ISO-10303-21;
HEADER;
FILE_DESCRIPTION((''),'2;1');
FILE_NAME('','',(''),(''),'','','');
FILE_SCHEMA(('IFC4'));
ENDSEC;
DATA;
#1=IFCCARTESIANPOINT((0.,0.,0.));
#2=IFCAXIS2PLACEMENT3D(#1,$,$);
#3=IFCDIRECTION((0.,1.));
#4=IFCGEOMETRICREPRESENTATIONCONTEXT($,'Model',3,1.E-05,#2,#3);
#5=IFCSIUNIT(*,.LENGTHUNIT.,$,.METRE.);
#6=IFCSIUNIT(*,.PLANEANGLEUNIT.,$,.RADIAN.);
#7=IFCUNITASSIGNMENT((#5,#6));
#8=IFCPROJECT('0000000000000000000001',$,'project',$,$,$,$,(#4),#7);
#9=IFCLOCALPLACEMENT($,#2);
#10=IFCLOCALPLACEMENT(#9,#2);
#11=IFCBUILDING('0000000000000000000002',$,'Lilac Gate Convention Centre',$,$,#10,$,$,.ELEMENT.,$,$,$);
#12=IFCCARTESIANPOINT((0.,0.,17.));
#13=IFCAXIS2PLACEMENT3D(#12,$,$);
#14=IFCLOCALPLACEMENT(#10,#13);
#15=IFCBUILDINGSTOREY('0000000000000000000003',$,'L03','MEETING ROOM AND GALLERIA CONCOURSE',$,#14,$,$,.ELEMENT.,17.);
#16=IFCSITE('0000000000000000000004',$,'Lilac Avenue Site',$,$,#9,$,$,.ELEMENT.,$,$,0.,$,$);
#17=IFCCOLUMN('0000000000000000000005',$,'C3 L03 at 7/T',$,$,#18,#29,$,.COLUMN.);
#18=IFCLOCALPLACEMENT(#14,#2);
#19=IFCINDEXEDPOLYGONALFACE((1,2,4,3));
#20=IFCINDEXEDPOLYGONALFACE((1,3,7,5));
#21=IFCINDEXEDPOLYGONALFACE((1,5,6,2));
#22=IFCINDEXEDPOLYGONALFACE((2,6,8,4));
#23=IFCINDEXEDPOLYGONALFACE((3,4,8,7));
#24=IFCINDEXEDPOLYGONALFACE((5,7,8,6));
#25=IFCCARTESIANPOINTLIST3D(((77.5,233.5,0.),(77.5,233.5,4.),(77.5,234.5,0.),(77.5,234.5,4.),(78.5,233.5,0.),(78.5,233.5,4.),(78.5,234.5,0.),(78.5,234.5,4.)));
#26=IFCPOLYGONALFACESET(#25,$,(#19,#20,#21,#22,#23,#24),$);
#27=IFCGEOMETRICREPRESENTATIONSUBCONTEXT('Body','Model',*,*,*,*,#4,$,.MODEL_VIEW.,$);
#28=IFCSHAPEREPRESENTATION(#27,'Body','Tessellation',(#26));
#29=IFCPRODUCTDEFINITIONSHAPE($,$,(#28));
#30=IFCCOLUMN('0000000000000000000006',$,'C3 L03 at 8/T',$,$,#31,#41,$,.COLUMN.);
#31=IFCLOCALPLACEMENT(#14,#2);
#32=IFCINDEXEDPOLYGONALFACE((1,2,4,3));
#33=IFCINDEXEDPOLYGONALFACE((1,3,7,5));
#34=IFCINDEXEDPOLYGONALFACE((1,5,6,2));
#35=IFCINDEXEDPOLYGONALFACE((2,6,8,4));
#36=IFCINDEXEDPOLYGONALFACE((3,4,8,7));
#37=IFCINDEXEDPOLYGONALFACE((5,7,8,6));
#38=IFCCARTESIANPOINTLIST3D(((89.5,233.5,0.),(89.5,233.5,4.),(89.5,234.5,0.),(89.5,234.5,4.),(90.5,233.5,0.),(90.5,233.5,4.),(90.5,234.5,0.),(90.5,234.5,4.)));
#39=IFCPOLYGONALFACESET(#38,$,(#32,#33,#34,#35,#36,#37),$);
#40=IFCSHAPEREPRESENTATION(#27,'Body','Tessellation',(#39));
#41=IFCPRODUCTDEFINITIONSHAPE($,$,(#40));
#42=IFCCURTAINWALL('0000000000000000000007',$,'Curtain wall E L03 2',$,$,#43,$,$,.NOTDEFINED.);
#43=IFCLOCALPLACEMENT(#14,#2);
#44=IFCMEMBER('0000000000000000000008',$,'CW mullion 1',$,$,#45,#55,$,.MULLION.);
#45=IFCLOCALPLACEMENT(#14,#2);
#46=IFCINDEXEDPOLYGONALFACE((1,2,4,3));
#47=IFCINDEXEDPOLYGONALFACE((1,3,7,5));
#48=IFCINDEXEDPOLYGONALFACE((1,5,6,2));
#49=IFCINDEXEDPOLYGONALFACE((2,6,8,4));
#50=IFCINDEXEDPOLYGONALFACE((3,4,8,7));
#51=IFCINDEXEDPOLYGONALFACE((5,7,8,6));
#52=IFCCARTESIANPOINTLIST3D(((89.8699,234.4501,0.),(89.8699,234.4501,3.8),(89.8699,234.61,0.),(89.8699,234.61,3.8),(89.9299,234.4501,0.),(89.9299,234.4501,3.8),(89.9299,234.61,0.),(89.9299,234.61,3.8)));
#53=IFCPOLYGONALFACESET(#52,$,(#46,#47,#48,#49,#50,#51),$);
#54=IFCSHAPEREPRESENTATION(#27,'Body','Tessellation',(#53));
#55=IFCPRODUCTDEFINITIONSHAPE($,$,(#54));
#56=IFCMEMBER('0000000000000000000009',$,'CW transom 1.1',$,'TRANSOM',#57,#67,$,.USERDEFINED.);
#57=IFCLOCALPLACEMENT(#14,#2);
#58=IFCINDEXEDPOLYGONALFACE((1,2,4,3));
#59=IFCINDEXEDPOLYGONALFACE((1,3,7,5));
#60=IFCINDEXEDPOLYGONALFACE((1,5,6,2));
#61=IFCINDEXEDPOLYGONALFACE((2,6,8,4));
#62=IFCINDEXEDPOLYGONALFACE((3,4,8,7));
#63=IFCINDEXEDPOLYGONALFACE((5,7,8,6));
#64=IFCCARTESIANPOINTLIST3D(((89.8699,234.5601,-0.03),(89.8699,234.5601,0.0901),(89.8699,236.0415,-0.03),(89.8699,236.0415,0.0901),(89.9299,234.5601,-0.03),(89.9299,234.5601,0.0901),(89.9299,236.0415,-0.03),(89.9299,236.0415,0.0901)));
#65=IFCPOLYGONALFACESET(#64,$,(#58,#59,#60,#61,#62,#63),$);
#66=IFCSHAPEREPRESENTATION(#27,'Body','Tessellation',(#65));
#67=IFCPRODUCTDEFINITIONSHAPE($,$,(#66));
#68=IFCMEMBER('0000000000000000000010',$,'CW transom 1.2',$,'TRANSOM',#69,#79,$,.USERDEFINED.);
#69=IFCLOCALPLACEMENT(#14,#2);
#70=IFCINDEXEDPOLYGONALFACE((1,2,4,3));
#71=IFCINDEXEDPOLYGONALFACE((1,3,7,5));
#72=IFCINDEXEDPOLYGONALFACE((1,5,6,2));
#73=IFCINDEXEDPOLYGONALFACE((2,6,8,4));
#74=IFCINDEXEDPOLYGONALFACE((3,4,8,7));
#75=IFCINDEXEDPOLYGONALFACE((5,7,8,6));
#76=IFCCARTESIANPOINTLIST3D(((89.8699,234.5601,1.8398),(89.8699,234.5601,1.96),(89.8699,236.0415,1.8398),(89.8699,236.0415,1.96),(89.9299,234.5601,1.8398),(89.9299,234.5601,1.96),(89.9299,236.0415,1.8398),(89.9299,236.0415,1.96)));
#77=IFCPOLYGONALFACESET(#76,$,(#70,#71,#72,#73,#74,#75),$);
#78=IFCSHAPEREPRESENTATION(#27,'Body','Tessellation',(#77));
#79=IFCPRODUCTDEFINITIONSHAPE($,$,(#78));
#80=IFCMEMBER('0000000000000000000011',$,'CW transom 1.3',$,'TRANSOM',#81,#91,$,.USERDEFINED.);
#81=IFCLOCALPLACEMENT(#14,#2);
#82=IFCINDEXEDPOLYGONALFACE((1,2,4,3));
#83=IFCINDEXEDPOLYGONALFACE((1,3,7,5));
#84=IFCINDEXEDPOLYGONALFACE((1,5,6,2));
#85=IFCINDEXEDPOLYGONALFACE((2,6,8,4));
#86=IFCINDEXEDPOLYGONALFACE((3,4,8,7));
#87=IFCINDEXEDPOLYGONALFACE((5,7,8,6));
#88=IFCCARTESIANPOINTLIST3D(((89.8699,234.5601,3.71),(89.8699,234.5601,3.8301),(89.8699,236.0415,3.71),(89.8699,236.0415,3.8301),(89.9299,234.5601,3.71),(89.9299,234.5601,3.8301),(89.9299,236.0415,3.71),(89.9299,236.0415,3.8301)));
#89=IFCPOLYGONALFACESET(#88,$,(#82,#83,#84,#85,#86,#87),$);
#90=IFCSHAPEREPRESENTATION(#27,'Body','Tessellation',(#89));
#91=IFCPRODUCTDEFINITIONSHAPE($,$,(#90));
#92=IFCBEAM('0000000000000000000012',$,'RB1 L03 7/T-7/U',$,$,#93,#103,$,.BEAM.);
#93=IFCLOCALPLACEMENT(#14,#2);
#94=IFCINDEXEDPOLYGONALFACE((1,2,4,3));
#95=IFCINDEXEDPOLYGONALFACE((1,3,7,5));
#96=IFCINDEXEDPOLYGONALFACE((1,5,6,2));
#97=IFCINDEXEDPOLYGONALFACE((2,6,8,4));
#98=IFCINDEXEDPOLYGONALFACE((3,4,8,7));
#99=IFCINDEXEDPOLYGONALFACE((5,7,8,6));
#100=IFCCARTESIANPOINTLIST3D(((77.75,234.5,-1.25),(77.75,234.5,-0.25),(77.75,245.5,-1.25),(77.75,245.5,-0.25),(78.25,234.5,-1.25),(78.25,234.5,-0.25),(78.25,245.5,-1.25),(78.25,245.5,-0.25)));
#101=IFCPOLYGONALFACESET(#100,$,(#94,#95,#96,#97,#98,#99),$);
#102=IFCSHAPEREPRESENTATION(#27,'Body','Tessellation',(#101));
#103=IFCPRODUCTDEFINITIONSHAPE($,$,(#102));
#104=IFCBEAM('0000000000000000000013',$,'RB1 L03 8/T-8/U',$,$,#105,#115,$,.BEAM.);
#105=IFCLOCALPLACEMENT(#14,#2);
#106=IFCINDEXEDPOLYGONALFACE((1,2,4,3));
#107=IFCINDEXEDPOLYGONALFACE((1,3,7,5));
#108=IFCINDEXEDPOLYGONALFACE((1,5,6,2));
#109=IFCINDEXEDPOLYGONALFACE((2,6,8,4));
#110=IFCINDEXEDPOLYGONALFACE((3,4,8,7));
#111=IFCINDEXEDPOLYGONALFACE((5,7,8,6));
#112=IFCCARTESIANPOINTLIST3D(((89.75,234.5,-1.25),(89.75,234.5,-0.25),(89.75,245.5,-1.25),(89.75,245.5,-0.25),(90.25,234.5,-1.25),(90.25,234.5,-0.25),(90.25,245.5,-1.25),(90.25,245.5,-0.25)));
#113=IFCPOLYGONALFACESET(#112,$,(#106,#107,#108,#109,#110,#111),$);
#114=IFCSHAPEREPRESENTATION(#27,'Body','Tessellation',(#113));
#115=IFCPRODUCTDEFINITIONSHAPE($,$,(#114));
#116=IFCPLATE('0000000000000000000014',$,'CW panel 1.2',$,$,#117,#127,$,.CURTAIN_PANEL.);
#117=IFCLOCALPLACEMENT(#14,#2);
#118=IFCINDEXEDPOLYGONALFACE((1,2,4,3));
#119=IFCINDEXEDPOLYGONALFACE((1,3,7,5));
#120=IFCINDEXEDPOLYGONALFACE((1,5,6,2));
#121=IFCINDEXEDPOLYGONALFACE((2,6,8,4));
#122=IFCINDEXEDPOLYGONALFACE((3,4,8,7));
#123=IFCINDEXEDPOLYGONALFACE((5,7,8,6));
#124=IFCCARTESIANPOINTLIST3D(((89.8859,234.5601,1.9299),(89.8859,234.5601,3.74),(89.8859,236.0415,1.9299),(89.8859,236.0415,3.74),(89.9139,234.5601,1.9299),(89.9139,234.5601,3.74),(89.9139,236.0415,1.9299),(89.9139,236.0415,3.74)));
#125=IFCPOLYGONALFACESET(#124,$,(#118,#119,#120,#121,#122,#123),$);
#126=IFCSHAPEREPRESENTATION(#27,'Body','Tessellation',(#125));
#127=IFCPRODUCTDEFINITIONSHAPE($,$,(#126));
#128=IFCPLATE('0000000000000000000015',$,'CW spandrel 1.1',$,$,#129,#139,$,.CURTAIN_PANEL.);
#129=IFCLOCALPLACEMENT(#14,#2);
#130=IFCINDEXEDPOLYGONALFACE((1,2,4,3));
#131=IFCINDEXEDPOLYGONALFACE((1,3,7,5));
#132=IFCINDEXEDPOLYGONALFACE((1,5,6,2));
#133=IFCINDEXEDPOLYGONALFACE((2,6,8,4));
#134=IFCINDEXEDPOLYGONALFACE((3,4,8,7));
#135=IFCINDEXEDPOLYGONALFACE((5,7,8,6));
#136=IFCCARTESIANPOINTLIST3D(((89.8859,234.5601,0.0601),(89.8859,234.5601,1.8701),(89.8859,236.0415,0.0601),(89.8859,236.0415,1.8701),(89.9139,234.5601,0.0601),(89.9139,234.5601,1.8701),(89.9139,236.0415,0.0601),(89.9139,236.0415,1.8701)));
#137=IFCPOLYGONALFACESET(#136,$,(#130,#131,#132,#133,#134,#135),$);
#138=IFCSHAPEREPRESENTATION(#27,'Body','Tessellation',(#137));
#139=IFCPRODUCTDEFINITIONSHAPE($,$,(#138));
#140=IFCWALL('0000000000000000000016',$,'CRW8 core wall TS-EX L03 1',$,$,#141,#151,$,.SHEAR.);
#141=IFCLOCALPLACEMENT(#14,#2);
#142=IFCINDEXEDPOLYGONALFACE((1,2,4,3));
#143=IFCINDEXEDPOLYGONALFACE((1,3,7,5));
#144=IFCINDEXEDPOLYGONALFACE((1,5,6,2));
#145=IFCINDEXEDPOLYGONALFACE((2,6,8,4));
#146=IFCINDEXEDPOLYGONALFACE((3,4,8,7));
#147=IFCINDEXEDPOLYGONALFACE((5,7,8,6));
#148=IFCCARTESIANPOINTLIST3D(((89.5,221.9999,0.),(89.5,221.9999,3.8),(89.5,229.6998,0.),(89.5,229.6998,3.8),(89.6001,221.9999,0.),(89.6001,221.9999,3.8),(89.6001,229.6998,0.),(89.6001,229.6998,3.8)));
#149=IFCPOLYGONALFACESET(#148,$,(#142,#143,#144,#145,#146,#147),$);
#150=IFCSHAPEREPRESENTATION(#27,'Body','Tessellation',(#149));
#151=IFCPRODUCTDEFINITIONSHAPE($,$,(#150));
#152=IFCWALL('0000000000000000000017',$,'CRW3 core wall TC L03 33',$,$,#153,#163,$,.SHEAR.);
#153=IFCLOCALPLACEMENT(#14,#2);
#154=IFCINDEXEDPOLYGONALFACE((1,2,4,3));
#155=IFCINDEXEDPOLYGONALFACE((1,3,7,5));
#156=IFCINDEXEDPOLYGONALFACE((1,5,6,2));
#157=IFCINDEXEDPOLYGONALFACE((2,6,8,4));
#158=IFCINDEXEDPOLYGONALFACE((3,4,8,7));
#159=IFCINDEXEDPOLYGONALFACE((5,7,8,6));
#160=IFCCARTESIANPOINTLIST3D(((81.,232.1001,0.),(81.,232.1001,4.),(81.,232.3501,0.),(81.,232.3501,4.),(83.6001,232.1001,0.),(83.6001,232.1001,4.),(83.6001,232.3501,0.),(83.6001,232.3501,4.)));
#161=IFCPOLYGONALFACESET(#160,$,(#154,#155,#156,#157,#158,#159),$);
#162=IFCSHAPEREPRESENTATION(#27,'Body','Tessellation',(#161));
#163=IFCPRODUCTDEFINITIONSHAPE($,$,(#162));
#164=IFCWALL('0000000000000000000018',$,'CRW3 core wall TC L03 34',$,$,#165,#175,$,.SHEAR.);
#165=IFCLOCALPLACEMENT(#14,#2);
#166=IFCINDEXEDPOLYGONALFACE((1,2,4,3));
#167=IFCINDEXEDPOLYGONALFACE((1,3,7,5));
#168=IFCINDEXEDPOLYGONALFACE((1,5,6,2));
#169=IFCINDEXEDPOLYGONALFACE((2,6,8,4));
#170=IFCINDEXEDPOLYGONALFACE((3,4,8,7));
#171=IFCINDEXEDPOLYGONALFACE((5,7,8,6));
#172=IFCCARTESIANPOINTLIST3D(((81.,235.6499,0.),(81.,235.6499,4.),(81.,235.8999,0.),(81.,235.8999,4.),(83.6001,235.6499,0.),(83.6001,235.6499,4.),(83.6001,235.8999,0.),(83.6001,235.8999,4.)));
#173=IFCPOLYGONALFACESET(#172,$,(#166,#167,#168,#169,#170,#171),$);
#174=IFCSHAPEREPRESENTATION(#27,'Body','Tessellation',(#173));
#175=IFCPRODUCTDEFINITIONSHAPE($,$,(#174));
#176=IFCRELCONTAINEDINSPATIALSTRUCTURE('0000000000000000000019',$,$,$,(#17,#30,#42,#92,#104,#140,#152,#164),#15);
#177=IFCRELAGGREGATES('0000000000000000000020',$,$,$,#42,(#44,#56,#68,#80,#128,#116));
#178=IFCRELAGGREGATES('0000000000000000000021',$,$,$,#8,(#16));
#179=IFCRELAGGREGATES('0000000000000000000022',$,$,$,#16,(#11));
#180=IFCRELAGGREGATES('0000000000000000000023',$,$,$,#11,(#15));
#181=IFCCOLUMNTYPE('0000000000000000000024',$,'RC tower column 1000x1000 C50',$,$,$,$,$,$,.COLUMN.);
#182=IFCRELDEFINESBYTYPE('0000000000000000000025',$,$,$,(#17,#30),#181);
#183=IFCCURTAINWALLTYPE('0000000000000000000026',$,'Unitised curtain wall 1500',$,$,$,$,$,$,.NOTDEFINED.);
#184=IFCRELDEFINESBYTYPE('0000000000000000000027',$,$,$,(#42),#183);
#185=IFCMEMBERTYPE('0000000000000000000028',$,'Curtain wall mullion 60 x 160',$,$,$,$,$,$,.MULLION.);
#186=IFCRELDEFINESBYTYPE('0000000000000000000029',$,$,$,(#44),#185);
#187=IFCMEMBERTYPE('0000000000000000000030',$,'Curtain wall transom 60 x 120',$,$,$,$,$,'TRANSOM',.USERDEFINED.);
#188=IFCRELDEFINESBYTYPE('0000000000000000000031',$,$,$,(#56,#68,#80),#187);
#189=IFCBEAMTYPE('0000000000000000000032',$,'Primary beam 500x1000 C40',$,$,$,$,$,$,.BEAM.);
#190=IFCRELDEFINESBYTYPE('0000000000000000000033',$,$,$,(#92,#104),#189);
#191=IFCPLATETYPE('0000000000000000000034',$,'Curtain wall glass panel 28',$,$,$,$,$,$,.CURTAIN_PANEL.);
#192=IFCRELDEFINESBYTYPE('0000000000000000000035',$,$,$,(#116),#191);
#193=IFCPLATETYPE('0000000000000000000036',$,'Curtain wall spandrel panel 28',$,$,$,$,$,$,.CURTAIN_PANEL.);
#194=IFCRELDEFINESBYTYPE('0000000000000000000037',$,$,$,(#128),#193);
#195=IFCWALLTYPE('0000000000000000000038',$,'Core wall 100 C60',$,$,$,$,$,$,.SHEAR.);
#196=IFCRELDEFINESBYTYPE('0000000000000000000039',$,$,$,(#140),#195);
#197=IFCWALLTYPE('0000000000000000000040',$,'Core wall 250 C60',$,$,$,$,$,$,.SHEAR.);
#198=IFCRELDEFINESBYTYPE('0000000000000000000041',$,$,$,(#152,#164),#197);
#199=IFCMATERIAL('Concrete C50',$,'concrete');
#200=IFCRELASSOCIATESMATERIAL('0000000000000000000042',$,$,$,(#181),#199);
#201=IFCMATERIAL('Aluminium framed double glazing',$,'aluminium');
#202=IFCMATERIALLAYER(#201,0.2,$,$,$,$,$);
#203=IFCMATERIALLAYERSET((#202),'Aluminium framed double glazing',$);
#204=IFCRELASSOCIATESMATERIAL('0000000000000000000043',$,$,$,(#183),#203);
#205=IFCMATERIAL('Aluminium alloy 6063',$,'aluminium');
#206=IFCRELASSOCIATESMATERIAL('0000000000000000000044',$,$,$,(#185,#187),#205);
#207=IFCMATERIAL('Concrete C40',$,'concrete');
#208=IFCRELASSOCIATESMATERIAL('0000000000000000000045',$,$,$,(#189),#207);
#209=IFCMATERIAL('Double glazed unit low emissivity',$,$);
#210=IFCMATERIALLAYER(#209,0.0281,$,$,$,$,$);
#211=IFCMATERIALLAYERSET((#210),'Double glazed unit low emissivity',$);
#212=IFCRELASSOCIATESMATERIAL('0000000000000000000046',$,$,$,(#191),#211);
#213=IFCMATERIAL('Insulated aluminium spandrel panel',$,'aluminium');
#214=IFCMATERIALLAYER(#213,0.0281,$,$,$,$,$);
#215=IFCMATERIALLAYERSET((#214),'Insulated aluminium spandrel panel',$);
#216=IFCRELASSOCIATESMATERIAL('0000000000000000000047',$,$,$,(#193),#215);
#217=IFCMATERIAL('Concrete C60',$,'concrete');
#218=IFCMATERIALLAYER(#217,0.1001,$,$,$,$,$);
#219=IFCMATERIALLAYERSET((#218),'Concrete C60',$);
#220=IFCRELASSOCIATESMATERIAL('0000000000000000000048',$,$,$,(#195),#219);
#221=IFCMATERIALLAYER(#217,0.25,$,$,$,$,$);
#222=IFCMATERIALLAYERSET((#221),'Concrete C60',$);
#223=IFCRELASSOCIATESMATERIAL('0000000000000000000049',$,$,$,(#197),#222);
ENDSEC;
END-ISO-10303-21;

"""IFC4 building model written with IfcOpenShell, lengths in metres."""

from ifc_helpers import new_model, si_unit, direction, frame, frame_2d, origin, origin_2d, place, context, subcontext, project, spatial, rectangle, extrude, material, layer, layer_set, material_profile, profile_set, type_object, element, aggregate, save


model = new_model("IFC4")

# Units and contexts
model_context = context("Model", 3, precision=1e-05, world=origin(), true_north=direction((0.0, 1.0)))
body_context = subcontext(model_context, "Body", "Model", "MODEL_VIEW")
ifc_project = project(units=[si_unit("LENGTHUNIT", "METRE"), si_unit("PLANEANGLEUNIT", "RADIAN")], contexts=[model_context])

# Site, building, storey
site_placement = place(None, origin())
site = spatial("IfcSite", under=ifc_project, at=site_placement, Name="Lilac Avenue Site", CompositionType="ELEMENT", RefElevation=0.0)
building_placement = place(site_placement, origin())
building = spatial("IfcBuilding", under=site, at=building_placement, Name="Lilac Gate Convention Centre", CompositionType="ELEMENT")
storey_placement = place(building_placement, frame((0.0, 0.0, 17.0)))
storey = spatial("IfcBuildingStorey", under=building, at=storey_placement, Name="L03", Description="MEETING ROOM AND GALLERIA CONCOURSE", CompositionType="ELEMENT", Elevation=17.0)

# Columns
ifc_material_1 = material(Name="Concrete C50", Category="concrete")
ifc_material_profile_1 = material_profile(ifc_material_1, rectangle(XDim=1.0, YDim=1.0, at=origin_2d()), Name="RC 1000x1000")
ifc_profile_set_1 = profile_set([ifc_material_profile_1], Name="Concrete C50")
column_type = type_object("IfcColumnType", Name="RC tower column 1000x1000 C50", PredefinedType="COLUMN", material=ifc_profile_set_1)
for number, where, z_axis, x_axis, name in (
    (1, (78.0, 234.0, 0.0), (0.0, 0.0, 1.0), (1.0, 0.0, 0.0), "C3 L03 at 7/T"),
    (2, (90.0, 234.0, 0.0), (0.0, 0.0, 1.0), (1.0, 0.0, 0.0), "C3 L03 at 8/T"),
):
    element("IfcColumn", number, at=place(storey_placement, frame(where, z_axis=z_axis, x_axis=x_axis)), inside=storey, type_object=column_type, Name=name, PredefinedType="COLUMN", context=body_context, shape_type="SweptSolid", body=[
        extrude(rectangle(XDim=1.0, YDim=1.0, at=origin_2d()), origin(), (0.0, 0.0, 1.0), 4.0),
    ])

# Curtain wall, members
ifc_material_2 = material(Name="Aluminium framed double glazing", Category="aluminium")
ifc_layer_1 = layer(ifc_material_2, 0.2)
ifc_layer_set_1 = layer_set([ifc_layer_1], Name="Aluminium framed double glazing")
curtain_wall_type = type_object("IfcCurtainWallType", Name="Unitised curtain wall 1500", PredefinedType="NOTDEFINED", material=ifc_layer_set_1)
curtain_wall_placement = place(storey_placement, origin())
curtain_wall = element("IfcCurtainWall", 3, at=curtain_wall_placement, inside=storey, type_object=curtain_wall_type, Name="Curtain wall E L03 2", PredefinedType="NOTDEFINED")
ifc_material_3 = material(Name="Aluminium alloy 6063", Category="aluminium")
ifc_material_profile_2 = material_profile(ifc_material_3, rectangle(XDim=0.0601, YDim=0.1599, at=origin_2d()), Name="Curtain wall mullion 60 x 160")
ifc_profile_set_2 = profile_set([ifc_material_profile_2], Name="Aluminium alloy 6063")
member_type_1 = type_object("IfcMemberType", Name="Curtain wall mullion 60 x 160", PredefinedType="MULLION", material=ifc_profile_set_2)
member_1_placement = place(storey_placement, frame((89.8999, 234.53, 0.0), z_axis=(0.0, 0.0, 1.0), x_axis=(-1.0, 0.0, 0.0)))
member_1 = element("IfcMember", 4, at=member_1_placement, type_object=member_type_1, Name="CW mullion 1", PredefinedType="MULLION", context=body_context, shape_type="SweptSolid", body=[
    extrude(rectangle(XDim=0.0601, YDim=0.1599, at=origin_2d()), origin(), (0.0, 0.0, 1.0), 3.8),
])
ifc_material_profile_3 = material_profile(ifc_material_3, rectangle(XDim=0.0601, YDim=0.1201, at=origin_2d()), Name="Curtain wall transom 60 x 120")
ifc_profile_set_3 = profile_set([ifc_material_profile_3], Name="Aluminium alloy 6063")
member_type_2 = type_object("IfcMemberType", Name="Curtain wall transom 60 x 120", ElementType="TRANSOM", PredefinedType="USERDEFINED", material=ifc_profile_set_3)
member_2_placement = place(storey_placement, frame((89.8999, 234.5601, 0.03), z_axis=(0.0, 1.0, 0.0), x_axis=(-1.0, 0.0, 0.0)))
member_2 = element("IfcMember", 5, at=member_2_placement, type_object=member_type_2, Name="CW transom 1.1", ObjectType="TRANSOM", PredefinedType="USERDEFINED", context=body_context, shape_type="SweptSolid", body=[
    extrude(rectangle(XDim=0.0601, YDim=0.1201, at=origin_2d()), origin(), (0.0, 0.0, 1.0), 1.4814),
])
member_3_placement = place(storey_placement, frame((89.8999, 234.5601, 1.8999), z_axis=(0.0, 1.0, 0.0), x_axis=(-1.0, 0.0, 0.0)))
member_3 = element("IfcMember", 6, at=member_3_placement, type_object=member_type_2, Name="CW transom 1.2", ObjectType="TRANSOM", PredefinedType="USERDEFINED", context=body_context, shape_type="SweptSolid", body=[
    extrude(rectangle(XDim=0.0601, YDim=0.1201, at=origin_2d()), origin(), (0.0, 0.0, 1.0), 1.4814),
])
member_4_placement = place(storey_placement, frame((89.8999, 234.5601, 3.77), z_axis=(0.0, 1.0, 0.0), x_axis=(-1.0, 0.0, 0.0)))
member_4 = element("IfcMember", 7, at=member_4_placement, type_object=member_type_2, Name="CW transom 1.3", ObjectType="TRANSOM", PredefinedType="USERDEFINED", context=body_context, shape_type="SweptSolid", body=[
    extrude(rectangle(XDim=0.0601, YDim=0.1201, at=origin_2d()), origin(), (0.0, 0.0, 1.0), 1.4814),
])

# Beams
ifc_material_4 = material(Name="Concrete C40", Category="concrete")
ifc_material_profile_4 = material_profile(ifc_material_4, rectangle(XDim=0.5, YDim=1.0, at=origin_2d()), Name="RC 500x1000")
ifc_profile_set_4 = profile_set([ifc_material_profile_4], Name="Concrete C40")
beam_type = type_object("IfcBeamType", Name="Primary beam 500x1000 C40", PredefinedType="BEAM", material=ifc_profile_set_4)
for number, where, z_axis, x_axis, name in (
    (8, (78.0, 234.5, -0.75), (0.0, 1.0, 0.0), (-1.0, 0.0, 0.0), "RB1 L03 7/T-7/U"),
    (9, (90.0, 234.5, -0.75), (0.0, 1.0, 0.0), (-1.0, 0.0, 0.0), "RB1 L03 8/T-8/U"),
):
    element("IfcBeam", number, at=place(storey_placement, frame(where, z_axis=z_axis, x_axis=x_axis)), inside=storey, type_object=beam_type, Name=name, PredefinedType="BEAM", context=body_context, shape_type="SweptSolid", body=[
        extrude(rectangle(XDim=0.5, YDim=1.0, at=origin_2d()), origin(), (0.0, 0.0, 1.0), 11.0),
    ])

# Plates
ifc_material_5 = material(Name="Double glazed unit low emissivity")
ifc_layer_2 = layer(ifc_material_5, 0.0281)
ifc_layer_set_2 = layer_set([ifc_layer_2], Name="Double glazed unit low emissivity")
plate_type_1 = type_object("IfcPlateType", Name="Curtain wall glass panel 28", PredefinedType="CURTAIN_PANEL", material=ifc_layer_set_2)
plate_1_placement = place(storey_placement, frame((89.8999, 235.3008, 1.9299), z_axis=(0.0, 0.0, 1.0), x_axis=(0.0, 1.0, 0.0)))
plate_1 = element("IfcPlate", 10, at=plate_1_placement, type_object=plate_type_1, Name="CW panel 1.2", PredefinedType="CURTAIN_PANEL", context=body_context, shape_type="SweptSolid", body=[
    extrude(rectangle(XDim=1.4814, YDim=0.0281, at=origin_2d()), origin(), (0.0, 0.0, 1.0), 1.8101),
])
ifc_material_6 = material(Name="Insulated aluminium spandrel panel", Category="aluminium")
ifc_layer_3 = layer(ifc_material_6, 0.0281)
ifc_layer_set_3 = layer_set([ifc_layer_3], Name="Insulated aluminium spandrel panel")
plate_type_2 = type_object("IfcPlateType", Name="Curtain wall spandrel panel 28", PredefinedType="CURTAIN_PANEL", material=ifc_layer_set_3)
plate_2_placement = place(storey_placement, frame((89.8999, 235.3008, 0.0601), z_axis=(0.0, 0.0, 1.0), x_axis=(0.0, 1.0, 0.0)))
plate_2 = element("IfcPlate", 11, at=plate_2_placement, type_object=plate_type_2, Name="CW spandrel 1.1", PredefinedType="CURTAIN_PANEL", context=body_context, shape_type="SweptSolid", body=[
    extrude(rectangle(XDim=1.4814, YDim=0.0281, at=origin_2d()), origin(), (0.0, 0.0, 1.0), 1.8101),
])
aggregate(curtain_wall, [member_1, member_2, member_3, member_4, plate_2, plate_1])

# Walls
ifc_material_7 = material(Name="Concrete C60", Category="concrete")
ifc_layer_4 = layer(ifc_material_7, 0.1001)
ifc_layer_set_4 = layer_set([ifc_layer_4], Name="Concrete C60")
wall_type_1 = type_object("IfcWallType", Name="Core wall 100 C60", PredefinedType="SHEAR", material=ifc_layer_set_4)
wall_1_placement = place(storey_placement, frame((89.55, 229.7, 0.0), z_axis=(0.0, 0.0, 1.0), x_axis=(0.0, -1.0, 0.0)))
element("IfcWall", 12, at=wall_1_placement, inside=storey, type_object=wall_type_1, Name="CRW8 core wall TS-EX L03 1", PredefinedType="SHEAR", context=body_context, shape_type="SweptSolid", body=[
    extrude(rectangle(XDim=7.7, YDim=0.1001, at=frame_2d((3.8501, 0.0))), origin(), (0.0, 0.0, 1.0), 3.8),
])
ifc_layer_5 = layer(ifc_material_7, 0.25)
ifc_layer_set_5 = layer_set([ifc_layer_5], Name="Concrete C60")
wall_type_2 = type_object("IfcWallType", Name="Core wall 250 C60", PredefinedType="SHEAR", material=ifc_layer_set_5)
for number, where, z_axis, x_axis, name in (
    (13, (81.0, 232.2251, 0.0), (0.0, 0.0, 1.0), (1.0, 0.0, 0.0), "CRW3 core wall TC L03 33"),
    (14, (81.0, 235.7749, 0.0), (0.0, 0.0, 1.0), (1.0, 0.0, 0.0), "CRW3 core wall TC L03 34"),
):
    element("IfcWall", number, at=place(storey_placement, frame(where, z_axis=z_axis, x_axis=x_axis)), inside=storey, type_object=wall_type_2, Name=name, PredefinedType="SHEAR", context=body_context, shape_type="SweptSolid", body=[
        extrude(rectangle(XDim=2.6001, YDim=0.25, at=frame_2d((1.3, 0.0))), origin(), (0.0, 0.0, 1.0), 4.0),
    ])

save(model, "model.ifc")
